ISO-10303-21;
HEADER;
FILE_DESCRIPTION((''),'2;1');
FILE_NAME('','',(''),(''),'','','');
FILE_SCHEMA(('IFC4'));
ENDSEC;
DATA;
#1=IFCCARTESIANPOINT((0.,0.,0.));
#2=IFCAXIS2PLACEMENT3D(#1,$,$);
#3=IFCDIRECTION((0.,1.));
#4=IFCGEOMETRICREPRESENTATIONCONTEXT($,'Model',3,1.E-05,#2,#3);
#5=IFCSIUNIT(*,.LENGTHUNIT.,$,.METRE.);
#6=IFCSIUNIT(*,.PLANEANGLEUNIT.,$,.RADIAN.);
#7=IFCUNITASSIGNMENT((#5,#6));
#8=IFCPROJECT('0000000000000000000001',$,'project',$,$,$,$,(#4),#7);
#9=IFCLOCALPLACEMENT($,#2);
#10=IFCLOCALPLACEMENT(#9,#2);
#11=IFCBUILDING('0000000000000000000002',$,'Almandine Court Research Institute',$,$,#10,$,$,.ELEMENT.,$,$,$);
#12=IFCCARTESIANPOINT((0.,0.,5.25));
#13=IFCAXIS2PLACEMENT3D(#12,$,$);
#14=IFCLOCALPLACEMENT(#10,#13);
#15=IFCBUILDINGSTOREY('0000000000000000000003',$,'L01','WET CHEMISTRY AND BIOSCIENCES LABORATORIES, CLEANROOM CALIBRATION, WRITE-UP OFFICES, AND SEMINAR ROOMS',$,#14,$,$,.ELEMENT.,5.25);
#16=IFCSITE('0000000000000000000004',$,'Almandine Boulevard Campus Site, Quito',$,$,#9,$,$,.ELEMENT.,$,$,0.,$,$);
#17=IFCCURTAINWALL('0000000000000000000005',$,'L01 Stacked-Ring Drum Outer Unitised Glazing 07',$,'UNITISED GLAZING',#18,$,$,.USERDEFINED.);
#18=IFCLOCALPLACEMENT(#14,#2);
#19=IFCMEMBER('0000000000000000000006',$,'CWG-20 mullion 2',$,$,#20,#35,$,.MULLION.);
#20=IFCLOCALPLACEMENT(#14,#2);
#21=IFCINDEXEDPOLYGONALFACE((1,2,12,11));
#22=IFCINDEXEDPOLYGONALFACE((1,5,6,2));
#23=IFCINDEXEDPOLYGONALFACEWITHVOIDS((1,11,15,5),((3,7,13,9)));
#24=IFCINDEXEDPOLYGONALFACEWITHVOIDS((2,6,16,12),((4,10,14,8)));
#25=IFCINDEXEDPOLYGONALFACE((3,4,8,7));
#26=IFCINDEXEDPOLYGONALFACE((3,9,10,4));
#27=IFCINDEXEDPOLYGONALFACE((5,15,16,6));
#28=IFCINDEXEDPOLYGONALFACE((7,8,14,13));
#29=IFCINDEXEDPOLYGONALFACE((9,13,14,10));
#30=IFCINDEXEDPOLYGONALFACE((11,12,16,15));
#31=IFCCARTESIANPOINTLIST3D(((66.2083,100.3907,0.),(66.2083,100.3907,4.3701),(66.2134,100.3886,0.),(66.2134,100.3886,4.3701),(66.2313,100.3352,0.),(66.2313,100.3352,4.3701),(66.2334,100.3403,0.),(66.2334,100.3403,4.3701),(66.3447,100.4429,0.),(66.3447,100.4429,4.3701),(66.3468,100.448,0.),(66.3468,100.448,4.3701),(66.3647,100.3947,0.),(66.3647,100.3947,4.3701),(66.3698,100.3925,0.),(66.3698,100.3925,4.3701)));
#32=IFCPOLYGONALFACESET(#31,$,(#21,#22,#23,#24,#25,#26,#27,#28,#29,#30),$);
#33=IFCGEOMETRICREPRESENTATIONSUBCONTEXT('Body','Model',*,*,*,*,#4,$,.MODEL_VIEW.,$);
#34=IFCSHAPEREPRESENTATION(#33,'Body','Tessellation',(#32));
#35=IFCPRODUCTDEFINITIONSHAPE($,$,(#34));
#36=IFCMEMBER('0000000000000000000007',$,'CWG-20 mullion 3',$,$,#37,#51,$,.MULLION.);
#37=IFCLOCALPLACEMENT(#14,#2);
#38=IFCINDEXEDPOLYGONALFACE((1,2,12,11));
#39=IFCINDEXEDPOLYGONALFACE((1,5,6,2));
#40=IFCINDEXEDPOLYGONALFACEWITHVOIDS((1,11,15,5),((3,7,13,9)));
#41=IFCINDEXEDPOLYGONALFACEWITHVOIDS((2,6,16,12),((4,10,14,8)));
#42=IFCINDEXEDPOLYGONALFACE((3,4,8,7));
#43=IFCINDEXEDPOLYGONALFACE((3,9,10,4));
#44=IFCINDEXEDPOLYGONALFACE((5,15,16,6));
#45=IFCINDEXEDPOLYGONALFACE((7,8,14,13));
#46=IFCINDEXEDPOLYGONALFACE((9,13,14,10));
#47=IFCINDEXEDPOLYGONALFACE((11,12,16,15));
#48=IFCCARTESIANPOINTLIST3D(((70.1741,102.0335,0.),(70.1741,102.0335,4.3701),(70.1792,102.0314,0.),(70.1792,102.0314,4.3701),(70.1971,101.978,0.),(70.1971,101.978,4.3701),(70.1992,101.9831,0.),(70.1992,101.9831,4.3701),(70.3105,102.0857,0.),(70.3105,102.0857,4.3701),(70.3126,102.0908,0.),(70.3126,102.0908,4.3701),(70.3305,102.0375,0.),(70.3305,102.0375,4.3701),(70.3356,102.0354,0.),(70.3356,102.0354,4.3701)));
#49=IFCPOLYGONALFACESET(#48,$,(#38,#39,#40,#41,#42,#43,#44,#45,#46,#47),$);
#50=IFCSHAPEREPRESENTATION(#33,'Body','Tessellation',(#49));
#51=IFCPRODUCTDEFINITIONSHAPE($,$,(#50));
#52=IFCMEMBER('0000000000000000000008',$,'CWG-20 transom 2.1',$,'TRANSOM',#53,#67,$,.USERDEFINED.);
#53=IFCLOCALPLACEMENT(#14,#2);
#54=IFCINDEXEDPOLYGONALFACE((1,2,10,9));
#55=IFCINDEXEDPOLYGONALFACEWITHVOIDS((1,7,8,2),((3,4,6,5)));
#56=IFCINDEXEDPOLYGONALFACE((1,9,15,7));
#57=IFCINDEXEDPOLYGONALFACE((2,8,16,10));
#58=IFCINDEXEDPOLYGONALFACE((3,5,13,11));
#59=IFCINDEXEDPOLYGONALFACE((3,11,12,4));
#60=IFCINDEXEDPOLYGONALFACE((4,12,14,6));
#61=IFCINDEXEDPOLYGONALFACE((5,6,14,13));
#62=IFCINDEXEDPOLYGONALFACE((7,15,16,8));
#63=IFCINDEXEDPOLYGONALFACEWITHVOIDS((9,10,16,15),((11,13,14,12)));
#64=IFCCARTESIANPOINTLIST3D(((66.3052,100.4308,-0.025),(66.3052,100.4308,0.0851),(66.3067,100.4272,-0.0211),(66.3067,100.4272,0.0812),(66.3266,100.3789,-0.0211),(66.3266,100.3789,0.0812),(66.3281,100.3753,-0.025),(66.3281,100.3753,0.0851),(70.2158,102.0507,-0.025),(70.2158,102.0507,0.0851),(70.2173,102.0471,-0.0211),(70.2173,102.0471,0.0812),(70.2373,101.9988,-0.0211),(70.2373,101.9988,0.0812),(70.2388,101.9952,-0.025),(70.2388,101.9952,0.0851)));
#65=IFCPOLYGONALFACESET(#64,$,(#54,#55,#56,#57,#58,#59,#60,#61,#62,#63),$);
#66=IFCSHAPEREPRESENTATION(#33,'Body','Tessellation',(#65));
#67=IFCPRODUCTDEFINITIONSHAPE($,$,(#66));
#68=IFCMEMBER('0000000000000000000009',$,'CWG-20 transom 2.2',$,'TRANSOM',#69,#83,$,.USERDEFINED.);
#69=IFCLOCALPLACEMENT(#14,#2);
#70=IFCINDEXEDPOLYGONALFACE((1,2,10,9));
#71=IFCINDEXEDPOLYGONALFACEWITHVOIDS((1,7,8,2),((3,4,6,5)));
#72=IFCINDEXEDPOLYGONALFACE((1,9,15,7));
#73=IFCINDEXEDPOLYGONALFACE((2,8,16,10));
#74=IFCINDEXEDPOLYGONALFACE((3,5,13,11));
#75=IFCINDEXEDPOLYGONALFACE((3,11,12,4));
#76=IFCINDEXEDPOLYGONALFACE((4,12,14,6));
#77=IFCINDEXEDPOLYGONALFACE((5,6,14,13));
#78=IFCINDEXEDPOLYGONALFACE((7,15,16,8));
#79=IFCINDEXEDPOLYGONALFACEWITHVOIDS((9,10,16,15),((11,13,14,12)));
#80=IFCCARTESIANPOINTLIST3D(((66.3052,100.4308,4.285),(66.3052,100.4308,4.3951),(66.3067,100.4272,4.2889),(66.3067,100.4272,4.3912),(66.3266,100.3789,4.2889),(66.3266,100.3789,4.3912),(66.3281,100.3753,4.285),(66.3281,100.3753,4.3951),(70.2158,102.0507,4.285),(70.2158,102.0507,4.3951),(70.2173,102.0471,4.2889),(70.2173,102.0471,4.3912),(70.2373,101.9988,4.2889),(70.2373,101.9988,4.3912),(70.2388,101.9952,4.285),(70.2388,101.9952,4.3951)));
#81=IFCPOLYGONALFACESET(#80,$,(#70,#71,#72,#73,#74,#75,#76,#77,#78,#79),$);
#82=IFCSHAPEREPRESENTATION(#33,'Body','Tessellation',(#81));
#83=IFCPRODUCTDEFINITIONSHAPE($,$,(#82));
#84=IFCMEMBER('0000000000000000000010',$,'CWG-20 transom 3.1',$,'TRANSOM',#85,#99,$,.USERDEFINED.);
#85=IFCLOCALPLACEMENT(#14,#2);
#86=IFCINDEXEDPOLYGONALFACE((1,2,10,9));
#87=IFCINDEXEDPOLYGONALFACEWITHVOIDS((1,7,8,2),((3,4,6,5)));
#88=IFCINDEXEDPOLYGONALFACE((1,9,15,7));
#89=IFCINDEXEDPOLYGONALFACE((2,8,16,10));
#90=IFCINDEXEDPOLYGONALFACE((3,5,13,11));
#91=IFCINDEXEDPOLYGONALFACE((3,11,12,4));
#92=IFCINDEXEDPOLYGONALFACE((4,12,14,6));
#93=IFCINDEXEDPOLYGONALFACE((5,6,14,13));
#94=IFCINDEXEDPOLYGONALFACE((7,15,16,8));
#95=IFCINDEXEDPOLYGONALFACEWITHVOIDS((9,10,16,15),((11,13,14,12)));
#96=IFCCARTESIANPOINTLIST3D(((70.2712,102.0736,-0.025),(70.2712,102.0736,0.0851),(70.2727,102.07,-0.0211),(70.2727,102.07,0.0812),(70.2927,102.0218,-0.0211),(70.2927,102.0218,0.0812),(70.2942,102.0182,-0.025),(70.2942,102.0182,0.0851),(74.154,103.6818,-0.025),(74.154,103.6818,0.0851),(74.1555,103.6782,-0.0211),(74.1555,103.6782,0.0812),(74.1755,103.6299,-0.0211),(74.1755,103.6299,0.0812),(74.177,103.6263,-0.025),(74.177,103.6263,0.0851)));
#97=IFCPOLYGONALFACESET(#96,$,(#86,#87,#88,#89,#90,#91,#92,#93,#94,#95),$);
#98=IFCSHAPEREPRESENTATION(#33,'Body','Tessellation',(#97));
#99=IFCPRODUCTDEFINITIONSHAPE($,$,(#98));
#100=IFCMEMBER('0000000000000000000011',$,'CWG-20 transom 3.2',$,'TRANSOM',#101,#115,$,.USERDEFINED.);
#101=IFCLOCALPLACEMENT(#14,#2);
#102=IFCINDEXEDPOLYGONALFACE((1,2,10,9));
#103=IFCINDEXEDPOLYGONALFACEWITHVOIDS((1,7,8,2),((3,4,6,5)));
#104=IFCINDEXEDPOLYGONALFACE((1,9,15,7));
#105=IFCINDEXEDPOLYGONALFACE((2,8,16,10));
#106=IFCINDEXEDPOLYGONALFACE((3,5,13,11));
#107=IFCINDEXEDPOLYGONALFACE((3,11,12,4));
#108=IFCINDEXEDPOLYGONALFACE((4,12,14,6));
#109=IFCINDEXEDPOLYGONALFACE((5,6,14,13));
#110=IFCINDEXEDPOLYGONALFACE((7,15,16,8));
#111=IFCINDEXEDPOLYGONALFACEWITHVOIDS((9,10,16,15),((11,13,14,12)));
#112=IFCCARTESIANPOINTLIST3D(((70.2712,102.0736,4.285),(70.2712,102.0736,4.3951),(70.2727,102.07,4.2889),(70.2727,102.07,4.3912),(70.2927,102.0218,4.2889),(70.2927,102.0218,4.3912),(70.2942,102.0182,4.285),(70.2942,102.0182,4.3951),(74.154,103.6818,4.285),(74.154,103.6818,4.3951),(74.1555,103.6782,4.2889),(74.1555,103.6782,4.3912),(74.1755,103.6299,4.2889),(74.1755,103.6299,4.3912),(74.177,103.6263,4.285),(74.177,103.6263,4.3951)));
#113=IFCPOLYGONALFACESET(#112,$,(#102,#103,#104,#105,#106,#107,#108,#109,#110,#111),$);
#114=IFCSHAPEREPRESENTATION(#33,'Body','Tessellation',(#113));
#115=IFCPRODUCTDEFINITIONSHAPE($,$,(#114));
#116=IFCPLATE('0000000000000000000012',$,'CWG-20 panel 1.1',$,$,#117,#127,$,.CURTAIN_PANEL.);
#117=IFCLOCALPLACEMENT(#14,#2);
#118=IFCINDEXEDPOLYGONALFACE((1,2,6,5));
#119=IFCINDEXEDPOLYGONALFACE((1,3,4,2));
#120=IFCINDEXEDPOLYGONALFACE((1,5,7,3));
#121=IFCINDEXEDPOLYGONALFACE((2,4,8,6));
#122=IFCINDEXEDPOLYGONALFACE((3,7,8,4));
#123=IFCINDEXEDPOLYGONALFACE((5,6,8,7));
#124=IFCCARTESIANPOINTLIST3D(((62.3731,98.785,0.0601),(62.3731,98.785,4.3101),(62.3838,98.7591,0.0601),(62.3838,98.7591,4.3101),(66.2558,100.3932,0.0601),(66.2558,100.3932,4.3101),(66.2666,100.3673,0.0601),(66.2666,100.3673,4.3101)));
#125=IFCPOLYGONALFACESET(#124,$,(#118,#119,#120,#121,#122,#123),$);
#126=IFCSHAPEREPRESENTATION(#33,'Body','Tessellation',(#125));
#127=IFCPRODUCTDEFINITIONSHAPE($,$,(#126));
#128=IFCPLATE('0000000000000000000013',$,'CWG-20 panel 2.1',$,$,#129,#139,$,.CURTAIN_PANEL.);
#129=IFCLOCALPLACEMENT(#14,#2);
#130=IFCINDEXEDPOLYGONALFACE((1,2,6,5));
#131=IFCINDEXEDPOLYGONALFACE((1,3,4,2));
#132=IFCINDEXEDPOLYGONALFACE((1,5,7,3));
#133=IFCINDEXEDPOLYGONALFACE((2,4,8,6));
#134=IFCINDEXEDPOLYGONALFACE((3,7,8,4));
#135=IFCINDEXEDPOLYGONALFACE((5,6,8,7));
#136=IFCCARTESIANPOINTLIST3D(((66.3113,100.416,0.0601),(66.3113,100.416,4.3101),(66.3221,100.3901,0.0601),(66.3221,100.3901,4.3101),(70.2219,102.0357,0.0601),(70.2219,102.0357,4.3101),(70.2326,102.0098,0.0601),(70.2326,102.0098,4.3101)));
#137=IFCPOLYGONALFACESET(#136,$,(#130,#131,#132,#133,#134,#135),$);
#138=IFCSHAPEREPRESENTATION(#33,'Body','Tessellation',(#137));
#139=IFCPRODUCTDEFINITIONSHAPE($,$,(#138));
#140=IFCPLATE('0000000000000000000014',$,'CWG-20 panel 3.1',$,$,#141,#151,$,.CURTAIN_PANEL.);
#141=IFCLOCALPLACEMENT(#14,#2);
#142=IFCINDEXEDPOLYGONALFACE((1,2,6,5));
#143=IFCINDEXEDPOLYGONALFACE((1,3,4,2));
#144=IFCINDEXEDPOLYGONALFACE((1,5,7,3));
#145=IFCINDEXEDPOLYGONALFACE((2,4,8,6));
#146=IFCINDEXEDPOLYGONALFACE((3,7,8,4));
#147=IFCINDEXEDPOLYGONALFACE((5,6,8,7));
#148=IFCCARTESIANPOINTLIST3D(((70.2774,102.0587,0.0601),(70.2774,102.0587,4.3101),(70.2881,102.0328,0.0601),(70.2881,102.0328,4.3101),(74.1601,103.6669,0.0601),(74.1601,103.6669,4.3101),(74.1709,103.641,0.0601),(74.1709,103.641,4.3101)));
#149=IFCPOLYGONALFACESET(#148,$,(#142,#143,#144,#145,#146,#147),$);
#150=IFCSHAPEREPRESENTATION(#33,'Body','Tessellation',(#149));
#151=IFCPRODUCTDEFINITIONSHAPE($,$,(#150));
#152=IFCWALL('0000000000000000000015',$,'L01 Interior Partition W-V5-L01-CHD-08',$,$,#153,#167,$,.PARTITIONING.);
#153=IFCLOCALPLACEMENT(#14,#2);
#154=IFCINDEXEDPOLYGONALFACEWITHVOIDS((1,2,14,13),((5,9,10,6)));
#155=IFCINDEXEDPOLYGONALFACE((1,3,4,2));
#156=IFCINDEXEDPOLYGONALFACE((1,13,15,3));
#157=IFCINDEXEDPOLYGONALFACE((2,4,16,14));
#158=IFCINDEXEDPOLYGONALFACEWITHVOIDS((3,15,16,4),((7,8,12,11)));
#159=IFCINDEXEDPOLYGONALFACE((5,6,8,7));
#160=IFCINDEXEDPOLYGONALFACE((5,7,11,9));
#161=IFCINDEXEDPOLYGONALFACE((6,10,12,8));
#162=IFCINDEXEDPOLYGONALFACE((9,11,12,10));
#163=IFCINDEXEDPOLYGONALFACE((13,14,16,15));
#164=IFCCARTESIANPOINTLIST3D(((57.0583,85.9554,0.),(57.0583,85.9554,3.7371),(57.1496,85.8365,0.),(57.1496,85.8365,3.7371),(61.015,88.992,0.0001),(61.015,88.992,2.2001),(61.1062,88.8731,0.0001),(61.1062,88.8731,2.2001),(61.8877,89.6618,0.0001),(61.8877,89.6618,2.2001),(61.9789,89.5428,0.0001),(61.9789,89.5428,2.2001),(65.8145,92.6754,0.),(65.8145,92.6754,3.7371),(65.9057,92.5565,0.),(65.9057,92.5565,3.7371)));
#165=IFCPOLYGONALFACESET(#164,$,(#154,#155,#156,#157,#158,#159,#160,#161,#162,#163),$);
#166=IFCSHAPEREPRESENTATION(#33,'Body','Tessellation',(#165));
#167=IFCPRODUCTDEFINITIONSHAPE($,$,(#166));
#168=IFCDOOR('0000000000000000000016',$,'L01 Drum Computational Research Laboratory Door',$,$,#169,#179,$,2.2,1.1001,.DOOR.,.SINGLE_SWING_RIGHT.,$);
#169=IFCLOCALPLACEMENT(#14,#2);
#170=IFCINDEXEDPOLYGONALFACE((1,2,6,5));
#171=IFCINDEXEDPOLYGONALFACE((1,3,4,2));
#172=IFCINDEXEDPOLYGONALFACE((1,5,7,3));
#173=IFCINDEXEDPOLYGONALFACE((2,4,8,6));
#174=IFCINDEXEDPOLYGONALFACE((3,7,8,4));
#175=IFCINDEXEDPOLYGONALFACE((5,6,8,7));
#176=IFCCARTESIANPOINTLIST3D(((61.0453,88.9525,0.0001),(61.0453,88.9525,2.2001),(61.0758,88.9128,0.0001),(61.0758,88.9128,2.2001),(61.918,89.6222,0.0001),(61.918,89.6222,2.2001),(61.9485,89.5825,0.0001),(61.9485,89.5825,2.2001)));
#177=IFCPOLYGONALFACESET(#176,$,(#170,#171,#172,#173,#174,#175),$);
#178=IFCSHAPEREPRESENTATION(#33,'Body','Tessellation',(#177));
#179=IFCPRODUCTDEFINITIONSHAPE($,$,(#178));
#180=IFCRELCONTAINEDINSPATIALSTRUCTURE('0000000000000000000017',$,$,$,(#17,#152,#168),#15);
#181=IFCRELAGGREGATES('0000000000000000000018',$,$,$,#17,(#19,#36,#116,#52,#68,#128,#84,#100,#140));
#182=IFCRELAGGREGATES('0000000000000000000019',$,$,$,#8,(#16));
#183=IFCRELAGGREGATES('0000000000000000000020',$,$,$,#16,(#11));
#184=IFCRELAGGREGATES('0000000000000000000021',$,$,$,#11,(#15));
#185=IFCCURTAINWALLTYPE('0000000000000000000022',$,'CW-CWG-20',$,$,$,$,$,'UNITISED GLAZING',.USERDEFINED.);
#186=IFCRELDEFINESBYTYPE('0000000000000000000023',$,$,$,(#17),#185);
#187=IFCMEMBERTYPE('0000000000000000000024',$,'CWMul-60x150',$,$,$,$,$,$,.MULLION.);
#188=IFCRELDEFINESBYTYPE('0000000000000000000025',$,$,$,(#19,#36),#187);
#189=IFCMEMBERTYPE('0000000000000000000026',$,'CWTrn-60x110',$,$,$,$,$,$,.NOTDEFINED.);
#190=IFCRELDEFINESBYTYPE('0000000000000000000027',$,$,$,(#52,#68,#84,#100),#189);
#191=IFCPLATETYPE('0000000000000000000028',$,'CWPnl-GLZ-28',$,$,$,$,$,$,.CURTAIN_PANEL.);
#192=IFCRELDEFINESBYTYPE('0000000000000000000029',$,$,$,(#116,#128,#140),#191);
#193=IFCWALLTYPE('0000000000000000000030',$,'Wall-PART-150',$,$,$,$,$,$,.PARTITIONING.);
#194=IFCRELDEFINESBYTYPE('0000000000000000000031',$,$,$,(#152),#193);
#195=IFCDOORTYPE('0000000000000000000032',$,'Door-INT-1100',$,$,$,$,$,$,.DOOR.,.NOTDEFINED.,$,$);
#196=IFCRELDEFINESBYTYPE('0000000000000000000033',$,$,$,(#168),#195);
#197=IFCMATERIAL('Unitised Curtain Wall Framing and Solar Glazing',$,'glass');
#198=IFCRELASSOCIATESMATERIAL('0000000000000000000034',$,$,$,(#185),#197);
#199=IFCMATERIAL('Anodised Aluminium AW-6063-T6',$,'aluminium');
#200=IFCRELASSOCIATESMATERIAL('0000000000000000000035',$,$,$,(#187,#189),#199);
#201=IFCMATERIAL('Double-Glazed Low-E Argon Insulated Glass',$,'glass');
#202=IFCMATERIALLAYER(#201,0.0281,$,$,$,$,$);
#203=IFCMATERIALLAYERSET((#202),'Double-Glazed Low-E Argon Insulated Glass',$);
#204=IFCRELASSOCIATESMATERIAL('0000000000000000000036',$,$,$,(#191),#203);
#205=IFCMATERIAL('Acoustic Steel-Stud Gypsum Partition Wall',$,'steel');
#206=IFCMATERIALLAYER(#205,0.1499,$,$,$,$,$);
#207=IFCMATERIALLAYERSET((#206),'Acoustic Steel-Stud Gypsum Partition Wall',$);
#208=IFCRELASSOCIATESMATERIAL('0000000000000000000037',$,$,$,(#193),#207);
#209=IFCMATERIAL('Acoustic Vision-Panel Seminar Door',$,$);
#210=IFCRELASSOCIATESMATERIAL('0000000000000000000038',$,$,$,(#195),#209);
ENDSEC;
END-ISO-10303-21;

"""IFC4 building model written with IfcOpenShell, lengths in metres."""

from ifc_helpers import new_model, si_unit, direction, frame, frame_2d, origin, origin_2d, place, context, subcontext, project, spatial, rectangle, hollow_rectangle, extrude, material, layer, layer_set, material_profile, profile_set, type_object, element, fill, aggregate, save


model = new_model("IFC4")

# Units and contexts
model_context = context("Model", 3, precision=1e-05, world=origin(), true_north=direction((0.0, 1.0)))
body_context = subcontext(model_context, "Body", "Model", "MODEL_VIEW")
ifc_project = project(units=[si_unit("LENGTHUNIT", "METRE"), si_unit("PLANEANGLEUNIT", "RADIAN")], contexts=[model_context])

# Site, building, storey
site_placement = place(None, origin())
site = spatial("IfcSite", under=ifc_project, at=site_placement, Name="Almandine Boulevard Campus Site, Quito", CompositionType="ELEMENT", RefElevation=0.0)
building_placement = place(site_placement, origin())
building = spatial("IfcBuilding", under=site, at=building_placement, Name="Almandine Court Research Institute", CompositionType="ELEMENT")
storey_placement = place(building_placement, frame((0.0, 0.0, 5.25)))
storey = spatial("IfcBuildingStorey", under=building, at=storey_placement, Name="L01", Description="WET CHEMISTRY AND BIOSCIENCES LABORATORIES, CLEANROOM CALIBRATION, WRITE-UP OFFICES, AND SEMINAR ROOMS", CompositionType="ELEMENT", Elevation=5.25)

# Curtain wall, members, plates
ifc_material_1 = material(Name="Unitised Curtain Wall Framing and Solar Glazing", Category="glass")
curtain_wall_type = type_object("IfcCurtainWallType", Name="CW-CWG-20", ElementType="UNITISED GLAZING", PredefinedType="USERDEFINED", material=ifc_material_1)
curtain_wall_placement = place(storey_placement, origin())
curtain_wall = element("IfcCurtainWall", 1, at=curtain_wall_placement, inside=storey, type_object=curtain_wall_type, Name="L01 Stacked-Ring Drum Outer Unitised Glazing 07", ObjectType="UNITISED GLAZING", PredefinedType="USERDEFINED")
ifc_material_2 = material(Name="Anodised Aluminium AW-6063-T6", Category="aluminium")
ifc_material_profile_1 = material_profile(ifc_material_2, hollow_rectangle(XDim=0.0601, YDim=0.1499, WallThickness=0.0039, at=origin_2d()), Name="ALU RHS 60x150x4")
ifc_profile_set_1 = profile_set([ifc_material_profile_1], Name="Anodised Aluminium AW-6063-T6")
member_type_1 = type_object("IfcMemberType", Name="CWMul-60x150", PredefinedType="MULLION", material=ifc_profile_set_1)
member_1_placement = place(storey_placement, frame((66.2891, 100.3916, 0.0), z_axis=(0.0, 0.0, 1.0), x_axis=(-0.382663, 0.923888, 0.0)))
member_1 = element("IfcMember", 2, at=member_1_placement, type_object=member_type_1, Name="CWG-20 mullion 2", PredefinedType="MULLION", context=body_context, shape_type="SweptSolid", body=[
    extrude(hollow_rectangle(XDim=0.0601, YDim=0.1499, WallThickness=0.0039, at=origin_2d()), origin(), (0.0, 0.0, 1.0), 4.3701),
])
member_2_placement = place(storey_placement, frame((70.2549, 102.0344, 0.0), z_axis=(0.0, 0.0, 1.0), x_axis=(-0.382663, 0.923888, 0.0)))
member_2 = element("IfcMember", 3, at=member_2_placement, type_object=member_type_1, Name="CWG-20 mullion 3", PredefinedType="MULLION", context=body_context, shape_type="SweptSolid", body=[
    extrude(hollow_rectangle(XDim=0.0601, YDim=0.1499, WallThickness=0.0039, at=origin_2d()), origin(), (0.0, 0.0, 1.0), 4.3701),
])
ifc_material_profile_2 = material_profile(ifc_material_2, hollow_rectangle(XDim=0.0601, YDim=0.1101, WallThickness=0.0039, at=origin_2d()), Name="ALU RHS 60x110x4")
ifc_profile_set_2 = profile_set([ifc_material_profile_2], Name="Anodised Aluminium AW-6063-T6")
member_type_2 = type_object("IfcMemberType", Name="CWTrn-60x110", PredefinedType="NOTDEFINED", material=ifc_profile_set_2)
member_3_placement = place(storey_placement, frame((66.3167, 100.4031, 0.03), z_axis=(0.923877, 0.38269, 0.0), x_axis=(-0.38269, 0.923877, 0.0)))
member_3 = element("IfcMember", 4, at=member_3_placement, type_object=member_type_2, Name="CWG-20 transom 2.1", ObjectType="TRANSOM", PredefinedType="USERDEFINED", context=body_context, shape_type="SweptSolid", body=[
    extrude(hollow_rectangle(XDim=0.0601, YDim=0.1101, WallThickness=0.0039, at=origin_2d()), origin(), (0.0, 0.0, 1.0), 4.2329),
])
member_4_placement = place(storey_placement, frame((66.3167, 100.4031, 4.3401), z_axis=(0.923877, 0.38269, 0.0), x_axis=(-0.38269, 0.923877, 0.0)))
member_4 = element("IfcMember", 5, at=member_4_placement, type_object=member_type_2, Name="CWG-20 transom 2.2", ObjectType="TRANSOM", PredefinedType="USERDEFINED", context=body_context, shape_type="SweptSolid", body=[
    extrude(hollow_rectangle(XDim=0.0601, YDim=0.1101, WallThickness=0.0039, at=origin_2d()), origin(), (0.0, 0.0, 1.0), 4.2329),
])
member_5_placement = place(storey_placement, frame((70.2827, 102.0459, 0.03), z_axis=(0.923893, 0.382651, 0.0), x_axis=(-0.382651, 0.923893, 0.0)))
member_5 = element("IfcMember", 6, at=member_5_placement, type_object=member_type_2, Name="CWG-20 transom 3.1", ObjectType="TRANSOM", PredefinedType="USERDEFINED", context=body_context, shape_type="SweptSolid", body=[
    extrude(hollow_rectangle(XDim=0.0601, YDim=0.1101, WallThickness=0.0039, at=origin_2d()), origin(), (0.0, 0.0, 1.0), 4.2026),
])
member_6_placement = place(storey_placement, frame((70.2827, 102.0459, 4.3401), z_axis=(0.923893, 0.382651, 0.0), x_axis=(-0.382651, 0.923893, 0.0)))
member_6 = element("IfcMember", 7, at=member_6_placement, type_object=member_type_2, Name="CWG-20 transom 3.2", ObjectType="TRANSOM", PredefinedType="USERDEFINED", context=body_context, shape_type="SweptSolid", body=[
    extrude(hollow_rectangle(XDim=0.0601, YDim=0.1101, WallThickness=0.0039, at=origin_2d()), origin(), (0.0, 0.0, 1.0), 4.2026),
])
ifc_material_3 = material(Name="Double-Glazed Low-E Argon Insulated Glass", Category="glass")
ifc_layer_1 = layer(ifc_material_3, 0.0281)
ifc_layer_set_1 = layer_set([ifc_layer_1], Name="Double-Glazed Low-E Argon Insulated Glass")
plate_type = type_object("IfcPlateType", Name="CWPnl-GLZ-28", PredefinedType="CURTAIN_PANEL", material=ifc_layer_set_1)
plate_1_placement = place(storey_placement, frame((64.3198, 99.5762, 0.0601), z_axis=(0.0, 0.0, 1.0), x_axis=(0.923888, 0.382663, 0.0)))
plate_1 = element("IfcPlate", 8, at=plate_1_placement, type_object=plate_type, Name="CWG-20 panel 1.1", PredefinedType="CURTAIN_PANEL", context=body_context, shape_type="SweptSolid", body=[
    extrude(rectangle(XDim=4.2026, YDim=0.0281, at=origin_2d()), origin(), (0.0, 0.0, 1.0), 4.25),
])
plate_2_placement = place(storey_placement, frame((68.272, 101.2129, 0.0601), z_axis=(0.0, 0.0, 1.0), x_axis=(0.923888, 0.382663, 0.0)))
plate_2 = element("IfcPlate", 9, at=plate_2_placement, type_object=plate_type, Name="CWG-20 panel 2.1", PredefinedType="CURTAIN_PANEL", context=body_context, shape_type="SweptSolid", body=[
    extrude(rectangle(XDim=4.2327, YDim=0.0281, at=origin_2d()), origin(), (0.0, 0.0, 1.0), 4.25),
])
plate_3_placement = place(storey_placement, frame((72.2241, 102.8499, 0.0601), z_axis=(0.0, 0.0, 1.0), x_axis=(0.923888, 0.382663, 0.0)))
plate_3 = element("IfcPlate", 10, at=plate_3_placement, type_object=plate_type, Name="CWG-20 panel 3.1", PredefinedType="CURTAIN_PANEL", context=body_context, shape_type="SweptSolid", body=[
    extrude(rectangle(XDim=4.2026, YDim=0.0281, at=origin_2d()), origin(), (0.0, 0.0, 1.0), 4.25),
])
aggregate(curtain_wall, [member_1, member_2, plate_1, member_3, member_4, plate_2, member_5, member_6, plate_3])

# Wall, opening, door
ifc_material_4 = material(Name="Acoustic Steel-Stud Gypsum Partition Wall", Category="steel")
ifc_layer_2 = layer(ifc_material_4, 0.1499)
ifc_layer_set_2 = layer_set([ifc_layer_2], Name="Acoustic Steel-Stud Gypsum Partition Wall")
wall_type_1 = type_object("IfcWallType", Name="Wall-PART-150", PredefinedType="PARTITIONING", material=ifc_layer_set_2)
wall_1_placement = place(storey_placement, frame((65.8601, 92.616, 0.0), z_axis=(0.0, 0.0, 1.0), x_axis=(-0.793302, -0.608828, 0.0)))
wall_1 = element("IfcWall", 11, at=wall_1_placement, inside=storey, type_object=wall_type_1, Name="L01 Interior Partition W-V5-L01-CHD-08", PredefinedType="PARTITIONING", context=body_context, shape_type="SweptSolid", body=[
    extrude(rectangle(XDim=11.0376, YDim=0.1499, at=frame_2d((5.5188, 0.0))), origin(), (0.0, 0.0, 1.0), 3.7371),
])
opening_placement = place(wall_1_placement, frame((4.95, 0.0, 0.0)))
opening = element("IfcOpeningElement", 12, at=opening_placement, cuts=wall_1, PredefinedType="OPENING", context=body_context, shape_type="SweptSolid", body=[
    extrude(rectangle(XDim=1.1001, YDim=2.2, at=frame_2d((0.55, 1.1001))), frame((0.0, 0.085, 0.0), z_axis=(0.0, -1.0, 0.0), x_axis=(1.0, 0.0, 0.0)), (0.0, 0.0, 1.0), 0.1699),
])
ifc_material_5 = material(Name="Acoustic Vision-Panel Seminar Door")
door_type = type_object("IfcDoorType", Name="Door-INT-1100", OperationType="NOTDEFINED", PredefinedType="DOOR", material=ifc_material_5)
door_placement = place(opening_placement, origin())
door = element("IfcDoor", 13, at=door_placement, inside=storey, type_object=door_type, Name="L01 Drum Computational Research Laboratory Door", OperationType="SINGLE_SWING_RIGHT", OverallHeight=2.2, OverallWidth=1.1001, PredefinedType="DOOR", context=body_context, shape_type="SweptSolid", body=[
    extrude(rectangle(XDim=1.1001, YDim=2.2, at=frame_2d((0.55, 1.1001))), frame((0.0, 0.0249, 0.0), z_axis=(0.0, -1.0, 0.0), x_axis=(1.0, 0.0, 0.0)), (0.0, 0.0, 1.0), 0.05),
])
fill(opening, door)

save(model, "model.ifc")
